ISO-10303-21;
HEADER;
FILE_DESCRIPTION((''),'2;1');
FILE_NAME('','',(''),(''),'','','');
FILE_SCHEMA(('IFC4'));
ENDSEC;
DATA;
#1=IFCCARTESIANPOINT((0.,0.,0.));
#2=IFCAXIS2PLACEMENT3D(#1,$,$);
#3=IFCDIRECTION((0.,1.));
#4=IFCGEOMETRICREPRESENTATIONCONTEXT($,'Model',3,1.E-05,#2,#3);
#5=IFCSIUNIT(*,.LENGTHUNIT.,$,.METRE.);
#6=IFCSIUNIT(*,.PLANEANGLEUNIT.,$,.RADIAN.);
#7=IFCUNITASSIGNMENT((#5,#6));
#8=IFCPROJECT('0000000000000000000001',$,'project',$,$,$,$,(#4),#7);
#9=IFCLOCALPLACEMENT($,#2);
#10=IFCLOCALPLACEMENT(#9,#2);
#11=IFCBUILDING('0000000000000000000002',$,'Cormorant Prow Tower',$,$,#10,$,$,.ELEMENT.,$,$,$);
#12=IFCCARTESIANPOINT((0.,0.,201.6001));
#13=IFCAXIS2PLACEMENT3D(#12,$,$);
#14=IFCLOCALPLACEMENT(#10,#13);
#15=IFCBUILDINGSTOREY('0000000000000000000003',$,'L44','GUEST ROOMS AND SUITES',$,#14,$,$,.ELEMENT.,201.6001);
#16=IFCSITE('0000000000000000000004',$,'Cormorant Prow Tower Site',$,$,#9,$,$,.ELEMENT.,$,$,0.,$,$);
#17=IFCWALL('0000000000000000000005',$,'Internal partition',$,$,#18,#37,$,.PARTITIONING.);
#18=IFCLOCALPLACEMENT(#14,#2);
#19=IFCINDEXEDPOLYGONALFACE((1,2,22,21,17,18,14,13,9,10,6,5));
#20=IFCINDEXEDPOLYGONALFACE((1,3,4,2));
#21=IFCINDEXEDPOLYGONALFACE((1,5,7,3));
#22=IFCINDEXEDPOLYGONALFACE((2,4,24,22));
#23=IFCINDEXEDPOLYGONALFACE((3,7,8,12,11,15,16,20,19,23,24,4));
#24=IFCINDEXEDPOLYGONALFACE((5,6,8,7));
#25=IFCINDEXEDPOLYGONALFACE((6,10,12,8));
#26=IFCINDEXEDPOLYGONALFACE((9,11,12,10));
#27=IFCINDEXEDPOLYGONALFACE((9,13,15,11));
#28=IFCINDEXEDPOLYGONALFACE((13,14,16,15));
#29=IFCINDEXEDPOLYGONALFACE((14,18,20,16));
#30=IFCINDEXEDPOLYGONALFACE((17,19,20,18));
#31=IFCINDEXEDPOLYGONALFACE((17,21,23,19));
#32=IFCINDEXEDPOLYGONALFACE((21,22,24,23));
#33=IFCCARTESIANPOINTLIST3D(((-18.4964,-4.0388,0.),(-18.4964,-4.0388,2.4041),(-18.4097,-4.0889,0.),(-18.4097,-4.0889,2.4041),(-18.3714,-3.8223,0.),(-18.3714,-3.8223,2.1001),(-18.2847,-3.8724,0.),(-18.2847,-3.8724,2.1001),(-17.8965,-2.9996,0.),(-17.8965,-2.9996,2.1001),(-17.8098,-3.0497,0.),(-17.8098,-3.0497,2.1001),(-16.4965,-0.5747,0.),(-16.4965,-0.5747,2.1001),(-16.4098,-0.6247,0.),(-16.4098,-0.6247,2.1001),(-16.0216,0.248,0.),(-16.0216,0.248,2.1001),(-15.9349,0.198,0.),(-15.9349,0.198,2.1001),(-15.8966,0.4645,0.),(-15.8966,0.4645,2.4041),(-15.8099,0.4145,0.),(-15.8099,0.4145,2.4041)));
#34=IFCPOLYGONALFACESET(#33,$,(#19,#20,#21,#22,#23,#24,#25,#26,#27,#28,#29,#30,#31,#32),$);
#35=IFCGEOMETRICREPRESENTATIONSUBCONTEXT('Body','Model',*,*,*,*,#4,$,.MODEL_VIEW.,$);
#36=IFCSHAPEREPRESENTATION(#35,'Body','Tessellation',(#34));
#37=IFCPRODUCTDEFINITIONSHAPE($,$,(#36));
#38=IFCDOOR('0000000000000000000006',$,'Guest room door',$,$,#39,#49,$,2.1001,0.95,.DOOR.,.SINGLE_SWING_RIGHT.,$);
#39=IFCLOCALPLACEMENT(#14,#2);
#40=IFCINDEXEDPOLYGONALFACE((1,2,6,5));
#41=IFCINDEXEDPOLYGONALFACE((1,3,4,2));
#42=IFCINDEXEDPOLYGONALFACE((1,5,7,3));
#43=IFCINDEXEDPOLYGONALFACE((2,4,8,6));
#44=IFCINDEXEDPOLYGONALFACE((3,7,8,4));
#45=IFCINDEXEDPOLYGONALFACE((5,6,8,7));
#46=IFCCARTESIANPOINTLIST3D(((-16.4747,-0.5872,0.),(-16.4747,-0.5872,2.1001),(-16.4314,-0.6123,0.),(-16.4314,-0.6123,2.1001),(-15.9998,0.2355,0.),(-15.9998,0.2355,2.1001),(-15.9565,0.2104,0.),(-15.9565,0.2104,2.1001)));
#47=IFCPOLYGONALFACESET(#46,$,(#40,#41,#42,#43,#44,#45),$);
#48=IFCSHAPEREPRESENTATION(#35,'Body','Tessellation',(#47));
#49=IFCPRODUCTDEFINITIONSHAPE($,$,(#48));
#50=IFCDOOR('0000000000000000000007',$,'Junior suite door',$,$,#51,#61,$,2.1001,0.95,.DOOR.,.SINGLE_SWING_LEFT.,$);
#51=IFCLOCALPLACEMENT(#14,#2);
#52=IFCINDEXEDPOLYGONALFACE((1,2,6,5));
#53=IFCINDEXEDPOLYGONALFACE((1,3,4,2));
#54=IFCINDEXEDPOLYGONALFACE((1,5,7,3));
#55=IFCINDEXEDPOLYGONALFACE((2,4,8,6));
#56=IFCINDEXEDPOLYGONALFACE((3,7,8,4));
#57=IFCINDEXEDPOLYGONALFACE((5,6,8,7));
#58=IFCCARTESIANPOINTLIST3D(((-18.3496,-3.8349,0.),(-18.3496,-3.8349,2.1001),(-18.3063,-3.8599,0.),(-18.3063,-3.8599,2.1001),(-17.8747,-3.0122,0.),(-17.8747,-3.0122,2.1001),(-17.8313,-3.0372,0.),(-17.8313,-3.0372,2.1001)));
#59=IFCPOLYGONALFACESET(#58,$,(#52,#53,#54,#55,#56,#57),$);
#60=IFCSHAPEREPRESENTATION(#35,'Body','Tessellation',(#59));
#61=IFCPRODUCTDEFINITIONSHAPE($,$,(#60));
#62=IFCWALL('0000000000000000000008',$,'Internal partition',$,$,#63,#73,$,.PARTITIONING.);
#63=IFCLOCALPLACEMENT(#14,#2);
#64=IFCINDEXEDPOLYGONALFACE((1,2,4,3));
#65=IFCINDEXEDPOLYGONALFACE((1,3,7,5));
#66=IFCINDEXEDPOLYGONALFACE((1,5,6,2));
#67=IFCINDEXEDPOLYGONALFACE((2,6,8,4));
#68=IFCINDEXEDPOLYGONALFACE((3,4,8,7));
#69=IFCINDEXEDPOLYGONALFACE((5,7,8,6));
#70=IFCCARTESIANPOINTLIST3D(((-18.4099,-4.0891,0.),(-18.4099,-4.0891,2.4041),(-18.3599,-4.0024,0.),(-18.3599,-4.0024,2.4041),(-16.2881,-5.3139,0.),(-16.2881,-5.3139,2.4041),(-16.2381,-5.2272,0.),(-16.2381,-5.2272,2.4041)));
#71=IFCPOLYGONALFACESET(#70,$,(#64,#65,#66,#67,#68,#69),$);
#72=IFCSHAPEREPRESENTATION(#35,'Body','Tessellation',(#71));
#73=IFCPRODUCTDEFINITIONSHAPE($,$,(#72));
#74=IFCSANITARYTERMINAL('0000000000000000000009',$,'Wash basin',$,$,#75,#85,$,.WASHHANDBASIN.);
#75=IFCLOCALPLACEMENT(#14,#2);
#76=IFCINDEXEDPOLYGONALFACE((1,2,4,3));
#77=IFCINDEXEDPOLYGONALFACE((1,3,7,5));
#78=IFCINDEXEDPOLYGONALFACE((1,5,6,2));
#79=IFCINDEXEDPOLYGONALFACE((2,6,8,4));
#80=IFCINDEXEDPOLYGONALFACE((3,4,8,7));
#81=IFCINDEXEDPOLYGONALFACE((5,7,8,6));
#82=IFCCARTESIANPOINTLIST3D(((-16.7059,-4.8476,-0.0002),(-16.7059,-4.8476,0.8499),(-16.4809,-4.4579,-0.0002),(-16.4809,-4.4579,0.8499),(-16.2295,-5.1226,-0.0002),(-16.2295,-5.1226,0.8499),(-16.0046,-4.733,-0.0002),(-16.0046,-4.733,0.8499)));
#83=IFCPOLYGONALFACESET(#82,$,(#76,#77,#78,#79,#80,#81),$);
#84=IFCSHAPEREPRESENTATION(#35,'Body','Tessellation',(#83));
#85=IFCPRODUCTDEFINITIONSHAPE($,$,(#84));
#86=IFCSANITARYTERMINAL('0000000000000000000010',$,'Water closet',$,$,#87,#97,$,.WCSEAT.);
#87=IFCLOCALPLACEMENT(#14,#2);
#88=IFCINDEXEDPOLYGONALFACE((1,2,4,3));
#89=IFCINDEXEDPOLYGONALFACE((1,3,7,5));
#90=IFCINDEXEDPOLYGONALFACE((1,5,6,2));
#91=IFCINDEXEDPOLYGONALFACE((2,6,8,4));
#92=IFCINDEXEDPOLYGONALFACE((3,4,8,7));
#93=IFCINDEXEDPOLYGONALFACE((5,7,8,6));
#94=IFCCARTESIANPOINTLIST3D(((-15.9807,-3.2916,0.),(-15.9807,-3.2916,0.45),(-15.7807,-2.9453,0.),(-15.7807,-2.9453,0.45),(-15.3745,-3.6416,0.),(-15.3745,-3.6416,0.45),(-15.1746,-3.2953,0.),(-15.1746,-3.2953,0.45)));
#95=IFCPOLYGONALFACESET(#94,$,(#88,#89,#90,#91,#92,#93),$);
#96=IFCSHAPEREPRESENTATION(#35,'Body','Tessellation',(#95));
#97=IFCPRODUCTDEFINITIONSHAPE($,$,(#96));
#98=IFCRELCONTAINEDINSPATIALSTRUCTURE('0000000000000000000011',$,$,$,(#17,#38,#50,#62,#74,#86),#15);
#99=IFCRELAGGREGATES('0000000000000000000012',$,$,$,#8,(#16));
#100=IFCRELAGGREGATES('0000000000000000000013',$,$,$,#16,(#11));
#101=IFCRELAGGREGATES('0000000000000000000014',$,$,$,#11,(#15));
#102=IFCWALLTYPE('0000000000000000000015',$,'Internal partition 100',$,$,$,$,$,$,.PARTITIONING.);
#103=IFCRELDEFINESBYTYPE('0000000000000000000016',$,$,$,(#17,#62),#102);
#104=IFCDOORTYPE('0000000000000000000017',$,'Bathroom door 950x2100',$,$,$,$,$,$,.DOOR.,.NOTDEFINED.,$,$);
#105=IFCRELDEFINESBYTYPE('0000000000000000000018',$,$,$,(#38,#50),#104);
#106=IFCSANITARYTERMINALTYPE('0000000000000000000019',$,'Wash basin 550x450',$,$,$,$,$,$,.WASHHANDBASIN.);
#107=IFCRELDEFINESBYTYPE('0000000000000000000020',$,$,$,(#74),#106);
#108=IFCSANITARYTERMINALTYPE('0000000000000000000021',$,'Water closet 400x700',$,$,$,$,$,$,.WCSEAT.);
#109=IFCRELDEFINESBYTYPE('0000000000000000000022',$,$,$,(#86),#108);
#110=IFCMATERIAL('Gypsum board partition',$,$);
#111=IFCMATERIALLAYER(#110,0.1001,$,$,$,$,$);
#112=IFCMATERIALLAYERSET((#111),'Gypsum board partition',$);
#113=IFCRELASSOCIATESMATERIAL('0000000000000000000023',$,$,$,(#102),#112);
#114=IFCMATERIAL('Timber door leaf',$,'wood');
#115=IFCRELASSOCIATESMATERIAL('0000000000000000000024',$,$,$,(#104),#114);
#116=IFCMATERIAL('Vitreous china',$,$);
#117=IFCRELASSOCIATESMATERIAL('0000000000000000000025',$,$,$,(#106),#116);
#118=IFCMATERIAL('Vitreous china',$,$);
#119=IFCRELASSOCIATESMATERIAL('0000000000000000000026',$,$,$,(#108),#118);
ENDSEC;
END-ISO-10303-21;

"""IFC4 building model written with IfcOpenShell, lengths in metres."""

from ifc_helpers import new_model, si_unit, direction, frame, frame_2d, origin, origin_2d, place, context, subcontext, project, spatial, rectangle, extrude, material, layer, layer_set, type_object, element, fill, save


model = new_model("IFC4")

# Units and contexts
model_context = context("Model", 3, precision=1e-05, world=origin(), true_north=direction((0.0, 1.0)))
body_context = subcontext(model_context, "Body", "Model", "MODEL_VIEW")
ifc_project = project(units=[si_unit("LENGTHUNIT", "METRE"), si_unit("PLANEANGLEUNIT", "RADIAN")], contexts=[model_context])

# Site, building, storey
site_placement = place(None, origin())
site = spatial("IfcSite", under=ifc_project, at=site_placement, Name="Cormorant Prow Tower Site", CompositionType="ELEMENT", RefElevation=0.0)
building_placement = place(site_placement, origin())
building = spatial("IfcBuilding", under=site, at=building_placement, Name="Cormorant Prow Tower", CompositionType="ELEMENT")
storey_placement = place(building_placement, frame((0.0, 0.0, 201.6001)))
storey = spatial("IfcBuildingStorey", under=building, at=storey_placement, Name="L44", Description="GUEST ROOMS AND SUITES", CompositionType="ELEMENT", Elevation=201.6001)

# Wall, openings, doors
ifc_material_1 = material(Name="Gypsum board partition")
ifc_layer_1 = layer(ifc_material_1, 0.1001)
ifc_layer_set_1 = layer_set([ifc_layer_1], Name="Gypsum board partition")
wall_type_1 = type_object("IfcWallType", Name="Internal partition 100", PredefinedType="PARTITIONING", material=ifc_layer_set_1)
wall_1_placement = place(storey_placement, frame((-18.4531, -4.064, 0.0), z_axis=(0.0, 0.0, 1.0), x_axis=(0.499972, 0.866042, 0.0)))
wall_1 = element("IfcWall", 1, at=wall_1_placement, inside=storey, type_object=wall_type_1, Name="Internal partition", PredefinedType="PARTITIONING", context=body_context, shape_type="SweptSolid", body=[
    extrude(rectangle(XDim=5.2, YDim=0.1001, at=frame_2d((2.6001, 0.0))), origin(), (0.0, 0.0, 1.0), 2.4041),
])
opening_1_placement = place(wall_1_placement, frame((4.0, 0.0, 0.0)))
opening_1 = element("IfcOpeningElement", 2, at=opening_1_placement, cuts=wall_1, PredefinedType="OPENING", context=body_context, shape_type="SweptSolid", body=[
    extrude(rectangle(XDim=0.95, YDim=2.1001, at=frame_2d((0.4751, 1.05))), frame((0.0, 0.0601, 0.0), z_axis=(0.0, -1.0, 0.0), x_axis=(1.0, 0.0, 0.0)), (0.0, 0.0, 1.0), 0.1201),
])
opening_2_placement = place(wall_1_placement, frame((0.25, 0.0, 0.0)))
opening_2 = element("IfcOpeningElement", 3, at=opening_2_placement, cuts=wall_1, PredefinedType="OPENING", context=body_context, shape_type="SweptSolid", body=[
    extrude(rectangle(XDim=0.95, YDim=2.1001, at=frame_2d((0.4751, 1.05))), frame((0.0, 0.0601, 0.0), z_axis=(0.0, -1.0, 0.0), x_axis=(1.0, 0.0, 0.0)), (0.0, 0.0, 1.0), 0.1201),
])
ifc_material_2 = material(Name="Timber door leaf", Category="wood")
door_type_1 = type_object("IfcDoorType", Name="Bathroom door 950x2100", OperationType="NOTDEFINED", PredefinedType="DOOR", material=ifc_material_2)
door_1_placement = place(opening_1_placement, origin())
door_1 = element("IfcDoor", 4, at=door_1_placement, inside=storey, type_object=door_type_1, Name="Guest room door", OperationType="SINGLE_SWING_RIGHT", OverallHeight=2.1001, OverallWidth=0.95, PredefinedType="DOOR", context=body_context, shape_type="SweptSolid", body=[
    extrude(rectangle(XDim=0.95, YDim=2.1001, at=frame_2d((0.4751, 1.05))), frame((0.0, 0.0249, 0.0), z_axis=(0.0, -1.0, 0.0), x_axis=(1.0, 0.0, 0.0)), (0.0, 0.0, 1.0), 0.05),
])
fill(opening_1, door_1)
door_2_placement = place(opening_2_placement, origin())
door_2 = element("IfcDoor", 5, at=door_2_placement, inside=storey, type_object=door_type_1, Name="Junior suite door", OperationType="SINGLE_SWING_LEFT", OverallHeight=2.1001, OverallWidth=0.95, PredefinedType="DOOR", context=body_context, shape_type="SweptSolid", body=[
    extrude(rectangle(XDim=0.95, YDim=2.1001, at=frame_2d((0.4751, 1.05))), frame((0.0, 0.0249, 0.0), z_axis=(0.0, -1.0, 0.0), x_axis=(1.0, 0.0, 0.0)), (0.0, 0.0, 1.0), 0.05),
])
fill(opening_2, door_2)

# Wall
wall_2_placement = place(storey_placement, frame((-18.385, -4.0457, 0.0), z_axis=(0.0, 0.0, 1.0), x_axis=(0.866058, -0.499944, 0.0)))
element("IfcWall", 6, at=wall_2_placement, inside=storey, type_object=wall_type_1, Name="Internal partition", PredefinedType="PARTITIONING", context=body_context, shape_type="SweptSolid", body=[
    extrude(rectangle(XDim=2.45, YDim=0.1001, at=frame_2d((1.2251, 0.0))), origin(), (0.0, 0.0, 1.0), 2.4041),
])

# Sanitary terminals
ifc_material_3 = material(Name="Vitreous china")
sanitary_terminal_type_1 = type_object("IfcSanitaryTerminalType", Name="Wash basin 550x450", PredefinedType="WASHHANDBASIN", material=ifc_material_3)
sanitary_terminal_1_placement = place(storey_placement, frame((-16.3552, -4.7903, -0.0002), z_axis=(0.0, 0.0, 1.0), x_axis=(-0.866025, 0.5, 0.0)))
element("IfcSanitaryTerminal", 7, at=sanitary_terminal_1_placement, inside=storey, type_object=sanitary_terminal_type_1, Name="Wash basin", PredefinedType="WASHHANDBASIN", context=body_context, shape_type="SweptSolid", body=[
    extrude(rectangle(XDim=0.55, YDim=0.45, at=origin_2d()), origin(), (0.0, 0.0, 1.0), 0.8501),
])
ifc_material_4 = material(Name="Vitreous china")
sanitary_terminal_type_2 = type_object("IfcSanitaryTerminalType", Name="Water closet 400x700", PredefinedType="WCSEAT", material=ifc_material_4)
sanitary_terminal_2_placement = place(storey_placement, frame((-15.5776, -3.2935, 0.0), z_axis=(0.0, 0.0, 1.0), x_axis=(-0.5, -0.866025, 0.0)))
element("IfcSanitaryTerminal", 8, at=sanitary_terminal_2_placement, inside=storey, type_object=sanitary_terminal_type_2, Name="Water closet", PredefinedType="WCSEAT", context=body_context, shape_type="SweptSolid", body=[
    extrude(rectangle(XDim=0.3999, YDim=0.7, at=origin_2d()), origin(), (0.0, 0.0, 1.0), 0.45),
])

save(model, "model.ifc")
